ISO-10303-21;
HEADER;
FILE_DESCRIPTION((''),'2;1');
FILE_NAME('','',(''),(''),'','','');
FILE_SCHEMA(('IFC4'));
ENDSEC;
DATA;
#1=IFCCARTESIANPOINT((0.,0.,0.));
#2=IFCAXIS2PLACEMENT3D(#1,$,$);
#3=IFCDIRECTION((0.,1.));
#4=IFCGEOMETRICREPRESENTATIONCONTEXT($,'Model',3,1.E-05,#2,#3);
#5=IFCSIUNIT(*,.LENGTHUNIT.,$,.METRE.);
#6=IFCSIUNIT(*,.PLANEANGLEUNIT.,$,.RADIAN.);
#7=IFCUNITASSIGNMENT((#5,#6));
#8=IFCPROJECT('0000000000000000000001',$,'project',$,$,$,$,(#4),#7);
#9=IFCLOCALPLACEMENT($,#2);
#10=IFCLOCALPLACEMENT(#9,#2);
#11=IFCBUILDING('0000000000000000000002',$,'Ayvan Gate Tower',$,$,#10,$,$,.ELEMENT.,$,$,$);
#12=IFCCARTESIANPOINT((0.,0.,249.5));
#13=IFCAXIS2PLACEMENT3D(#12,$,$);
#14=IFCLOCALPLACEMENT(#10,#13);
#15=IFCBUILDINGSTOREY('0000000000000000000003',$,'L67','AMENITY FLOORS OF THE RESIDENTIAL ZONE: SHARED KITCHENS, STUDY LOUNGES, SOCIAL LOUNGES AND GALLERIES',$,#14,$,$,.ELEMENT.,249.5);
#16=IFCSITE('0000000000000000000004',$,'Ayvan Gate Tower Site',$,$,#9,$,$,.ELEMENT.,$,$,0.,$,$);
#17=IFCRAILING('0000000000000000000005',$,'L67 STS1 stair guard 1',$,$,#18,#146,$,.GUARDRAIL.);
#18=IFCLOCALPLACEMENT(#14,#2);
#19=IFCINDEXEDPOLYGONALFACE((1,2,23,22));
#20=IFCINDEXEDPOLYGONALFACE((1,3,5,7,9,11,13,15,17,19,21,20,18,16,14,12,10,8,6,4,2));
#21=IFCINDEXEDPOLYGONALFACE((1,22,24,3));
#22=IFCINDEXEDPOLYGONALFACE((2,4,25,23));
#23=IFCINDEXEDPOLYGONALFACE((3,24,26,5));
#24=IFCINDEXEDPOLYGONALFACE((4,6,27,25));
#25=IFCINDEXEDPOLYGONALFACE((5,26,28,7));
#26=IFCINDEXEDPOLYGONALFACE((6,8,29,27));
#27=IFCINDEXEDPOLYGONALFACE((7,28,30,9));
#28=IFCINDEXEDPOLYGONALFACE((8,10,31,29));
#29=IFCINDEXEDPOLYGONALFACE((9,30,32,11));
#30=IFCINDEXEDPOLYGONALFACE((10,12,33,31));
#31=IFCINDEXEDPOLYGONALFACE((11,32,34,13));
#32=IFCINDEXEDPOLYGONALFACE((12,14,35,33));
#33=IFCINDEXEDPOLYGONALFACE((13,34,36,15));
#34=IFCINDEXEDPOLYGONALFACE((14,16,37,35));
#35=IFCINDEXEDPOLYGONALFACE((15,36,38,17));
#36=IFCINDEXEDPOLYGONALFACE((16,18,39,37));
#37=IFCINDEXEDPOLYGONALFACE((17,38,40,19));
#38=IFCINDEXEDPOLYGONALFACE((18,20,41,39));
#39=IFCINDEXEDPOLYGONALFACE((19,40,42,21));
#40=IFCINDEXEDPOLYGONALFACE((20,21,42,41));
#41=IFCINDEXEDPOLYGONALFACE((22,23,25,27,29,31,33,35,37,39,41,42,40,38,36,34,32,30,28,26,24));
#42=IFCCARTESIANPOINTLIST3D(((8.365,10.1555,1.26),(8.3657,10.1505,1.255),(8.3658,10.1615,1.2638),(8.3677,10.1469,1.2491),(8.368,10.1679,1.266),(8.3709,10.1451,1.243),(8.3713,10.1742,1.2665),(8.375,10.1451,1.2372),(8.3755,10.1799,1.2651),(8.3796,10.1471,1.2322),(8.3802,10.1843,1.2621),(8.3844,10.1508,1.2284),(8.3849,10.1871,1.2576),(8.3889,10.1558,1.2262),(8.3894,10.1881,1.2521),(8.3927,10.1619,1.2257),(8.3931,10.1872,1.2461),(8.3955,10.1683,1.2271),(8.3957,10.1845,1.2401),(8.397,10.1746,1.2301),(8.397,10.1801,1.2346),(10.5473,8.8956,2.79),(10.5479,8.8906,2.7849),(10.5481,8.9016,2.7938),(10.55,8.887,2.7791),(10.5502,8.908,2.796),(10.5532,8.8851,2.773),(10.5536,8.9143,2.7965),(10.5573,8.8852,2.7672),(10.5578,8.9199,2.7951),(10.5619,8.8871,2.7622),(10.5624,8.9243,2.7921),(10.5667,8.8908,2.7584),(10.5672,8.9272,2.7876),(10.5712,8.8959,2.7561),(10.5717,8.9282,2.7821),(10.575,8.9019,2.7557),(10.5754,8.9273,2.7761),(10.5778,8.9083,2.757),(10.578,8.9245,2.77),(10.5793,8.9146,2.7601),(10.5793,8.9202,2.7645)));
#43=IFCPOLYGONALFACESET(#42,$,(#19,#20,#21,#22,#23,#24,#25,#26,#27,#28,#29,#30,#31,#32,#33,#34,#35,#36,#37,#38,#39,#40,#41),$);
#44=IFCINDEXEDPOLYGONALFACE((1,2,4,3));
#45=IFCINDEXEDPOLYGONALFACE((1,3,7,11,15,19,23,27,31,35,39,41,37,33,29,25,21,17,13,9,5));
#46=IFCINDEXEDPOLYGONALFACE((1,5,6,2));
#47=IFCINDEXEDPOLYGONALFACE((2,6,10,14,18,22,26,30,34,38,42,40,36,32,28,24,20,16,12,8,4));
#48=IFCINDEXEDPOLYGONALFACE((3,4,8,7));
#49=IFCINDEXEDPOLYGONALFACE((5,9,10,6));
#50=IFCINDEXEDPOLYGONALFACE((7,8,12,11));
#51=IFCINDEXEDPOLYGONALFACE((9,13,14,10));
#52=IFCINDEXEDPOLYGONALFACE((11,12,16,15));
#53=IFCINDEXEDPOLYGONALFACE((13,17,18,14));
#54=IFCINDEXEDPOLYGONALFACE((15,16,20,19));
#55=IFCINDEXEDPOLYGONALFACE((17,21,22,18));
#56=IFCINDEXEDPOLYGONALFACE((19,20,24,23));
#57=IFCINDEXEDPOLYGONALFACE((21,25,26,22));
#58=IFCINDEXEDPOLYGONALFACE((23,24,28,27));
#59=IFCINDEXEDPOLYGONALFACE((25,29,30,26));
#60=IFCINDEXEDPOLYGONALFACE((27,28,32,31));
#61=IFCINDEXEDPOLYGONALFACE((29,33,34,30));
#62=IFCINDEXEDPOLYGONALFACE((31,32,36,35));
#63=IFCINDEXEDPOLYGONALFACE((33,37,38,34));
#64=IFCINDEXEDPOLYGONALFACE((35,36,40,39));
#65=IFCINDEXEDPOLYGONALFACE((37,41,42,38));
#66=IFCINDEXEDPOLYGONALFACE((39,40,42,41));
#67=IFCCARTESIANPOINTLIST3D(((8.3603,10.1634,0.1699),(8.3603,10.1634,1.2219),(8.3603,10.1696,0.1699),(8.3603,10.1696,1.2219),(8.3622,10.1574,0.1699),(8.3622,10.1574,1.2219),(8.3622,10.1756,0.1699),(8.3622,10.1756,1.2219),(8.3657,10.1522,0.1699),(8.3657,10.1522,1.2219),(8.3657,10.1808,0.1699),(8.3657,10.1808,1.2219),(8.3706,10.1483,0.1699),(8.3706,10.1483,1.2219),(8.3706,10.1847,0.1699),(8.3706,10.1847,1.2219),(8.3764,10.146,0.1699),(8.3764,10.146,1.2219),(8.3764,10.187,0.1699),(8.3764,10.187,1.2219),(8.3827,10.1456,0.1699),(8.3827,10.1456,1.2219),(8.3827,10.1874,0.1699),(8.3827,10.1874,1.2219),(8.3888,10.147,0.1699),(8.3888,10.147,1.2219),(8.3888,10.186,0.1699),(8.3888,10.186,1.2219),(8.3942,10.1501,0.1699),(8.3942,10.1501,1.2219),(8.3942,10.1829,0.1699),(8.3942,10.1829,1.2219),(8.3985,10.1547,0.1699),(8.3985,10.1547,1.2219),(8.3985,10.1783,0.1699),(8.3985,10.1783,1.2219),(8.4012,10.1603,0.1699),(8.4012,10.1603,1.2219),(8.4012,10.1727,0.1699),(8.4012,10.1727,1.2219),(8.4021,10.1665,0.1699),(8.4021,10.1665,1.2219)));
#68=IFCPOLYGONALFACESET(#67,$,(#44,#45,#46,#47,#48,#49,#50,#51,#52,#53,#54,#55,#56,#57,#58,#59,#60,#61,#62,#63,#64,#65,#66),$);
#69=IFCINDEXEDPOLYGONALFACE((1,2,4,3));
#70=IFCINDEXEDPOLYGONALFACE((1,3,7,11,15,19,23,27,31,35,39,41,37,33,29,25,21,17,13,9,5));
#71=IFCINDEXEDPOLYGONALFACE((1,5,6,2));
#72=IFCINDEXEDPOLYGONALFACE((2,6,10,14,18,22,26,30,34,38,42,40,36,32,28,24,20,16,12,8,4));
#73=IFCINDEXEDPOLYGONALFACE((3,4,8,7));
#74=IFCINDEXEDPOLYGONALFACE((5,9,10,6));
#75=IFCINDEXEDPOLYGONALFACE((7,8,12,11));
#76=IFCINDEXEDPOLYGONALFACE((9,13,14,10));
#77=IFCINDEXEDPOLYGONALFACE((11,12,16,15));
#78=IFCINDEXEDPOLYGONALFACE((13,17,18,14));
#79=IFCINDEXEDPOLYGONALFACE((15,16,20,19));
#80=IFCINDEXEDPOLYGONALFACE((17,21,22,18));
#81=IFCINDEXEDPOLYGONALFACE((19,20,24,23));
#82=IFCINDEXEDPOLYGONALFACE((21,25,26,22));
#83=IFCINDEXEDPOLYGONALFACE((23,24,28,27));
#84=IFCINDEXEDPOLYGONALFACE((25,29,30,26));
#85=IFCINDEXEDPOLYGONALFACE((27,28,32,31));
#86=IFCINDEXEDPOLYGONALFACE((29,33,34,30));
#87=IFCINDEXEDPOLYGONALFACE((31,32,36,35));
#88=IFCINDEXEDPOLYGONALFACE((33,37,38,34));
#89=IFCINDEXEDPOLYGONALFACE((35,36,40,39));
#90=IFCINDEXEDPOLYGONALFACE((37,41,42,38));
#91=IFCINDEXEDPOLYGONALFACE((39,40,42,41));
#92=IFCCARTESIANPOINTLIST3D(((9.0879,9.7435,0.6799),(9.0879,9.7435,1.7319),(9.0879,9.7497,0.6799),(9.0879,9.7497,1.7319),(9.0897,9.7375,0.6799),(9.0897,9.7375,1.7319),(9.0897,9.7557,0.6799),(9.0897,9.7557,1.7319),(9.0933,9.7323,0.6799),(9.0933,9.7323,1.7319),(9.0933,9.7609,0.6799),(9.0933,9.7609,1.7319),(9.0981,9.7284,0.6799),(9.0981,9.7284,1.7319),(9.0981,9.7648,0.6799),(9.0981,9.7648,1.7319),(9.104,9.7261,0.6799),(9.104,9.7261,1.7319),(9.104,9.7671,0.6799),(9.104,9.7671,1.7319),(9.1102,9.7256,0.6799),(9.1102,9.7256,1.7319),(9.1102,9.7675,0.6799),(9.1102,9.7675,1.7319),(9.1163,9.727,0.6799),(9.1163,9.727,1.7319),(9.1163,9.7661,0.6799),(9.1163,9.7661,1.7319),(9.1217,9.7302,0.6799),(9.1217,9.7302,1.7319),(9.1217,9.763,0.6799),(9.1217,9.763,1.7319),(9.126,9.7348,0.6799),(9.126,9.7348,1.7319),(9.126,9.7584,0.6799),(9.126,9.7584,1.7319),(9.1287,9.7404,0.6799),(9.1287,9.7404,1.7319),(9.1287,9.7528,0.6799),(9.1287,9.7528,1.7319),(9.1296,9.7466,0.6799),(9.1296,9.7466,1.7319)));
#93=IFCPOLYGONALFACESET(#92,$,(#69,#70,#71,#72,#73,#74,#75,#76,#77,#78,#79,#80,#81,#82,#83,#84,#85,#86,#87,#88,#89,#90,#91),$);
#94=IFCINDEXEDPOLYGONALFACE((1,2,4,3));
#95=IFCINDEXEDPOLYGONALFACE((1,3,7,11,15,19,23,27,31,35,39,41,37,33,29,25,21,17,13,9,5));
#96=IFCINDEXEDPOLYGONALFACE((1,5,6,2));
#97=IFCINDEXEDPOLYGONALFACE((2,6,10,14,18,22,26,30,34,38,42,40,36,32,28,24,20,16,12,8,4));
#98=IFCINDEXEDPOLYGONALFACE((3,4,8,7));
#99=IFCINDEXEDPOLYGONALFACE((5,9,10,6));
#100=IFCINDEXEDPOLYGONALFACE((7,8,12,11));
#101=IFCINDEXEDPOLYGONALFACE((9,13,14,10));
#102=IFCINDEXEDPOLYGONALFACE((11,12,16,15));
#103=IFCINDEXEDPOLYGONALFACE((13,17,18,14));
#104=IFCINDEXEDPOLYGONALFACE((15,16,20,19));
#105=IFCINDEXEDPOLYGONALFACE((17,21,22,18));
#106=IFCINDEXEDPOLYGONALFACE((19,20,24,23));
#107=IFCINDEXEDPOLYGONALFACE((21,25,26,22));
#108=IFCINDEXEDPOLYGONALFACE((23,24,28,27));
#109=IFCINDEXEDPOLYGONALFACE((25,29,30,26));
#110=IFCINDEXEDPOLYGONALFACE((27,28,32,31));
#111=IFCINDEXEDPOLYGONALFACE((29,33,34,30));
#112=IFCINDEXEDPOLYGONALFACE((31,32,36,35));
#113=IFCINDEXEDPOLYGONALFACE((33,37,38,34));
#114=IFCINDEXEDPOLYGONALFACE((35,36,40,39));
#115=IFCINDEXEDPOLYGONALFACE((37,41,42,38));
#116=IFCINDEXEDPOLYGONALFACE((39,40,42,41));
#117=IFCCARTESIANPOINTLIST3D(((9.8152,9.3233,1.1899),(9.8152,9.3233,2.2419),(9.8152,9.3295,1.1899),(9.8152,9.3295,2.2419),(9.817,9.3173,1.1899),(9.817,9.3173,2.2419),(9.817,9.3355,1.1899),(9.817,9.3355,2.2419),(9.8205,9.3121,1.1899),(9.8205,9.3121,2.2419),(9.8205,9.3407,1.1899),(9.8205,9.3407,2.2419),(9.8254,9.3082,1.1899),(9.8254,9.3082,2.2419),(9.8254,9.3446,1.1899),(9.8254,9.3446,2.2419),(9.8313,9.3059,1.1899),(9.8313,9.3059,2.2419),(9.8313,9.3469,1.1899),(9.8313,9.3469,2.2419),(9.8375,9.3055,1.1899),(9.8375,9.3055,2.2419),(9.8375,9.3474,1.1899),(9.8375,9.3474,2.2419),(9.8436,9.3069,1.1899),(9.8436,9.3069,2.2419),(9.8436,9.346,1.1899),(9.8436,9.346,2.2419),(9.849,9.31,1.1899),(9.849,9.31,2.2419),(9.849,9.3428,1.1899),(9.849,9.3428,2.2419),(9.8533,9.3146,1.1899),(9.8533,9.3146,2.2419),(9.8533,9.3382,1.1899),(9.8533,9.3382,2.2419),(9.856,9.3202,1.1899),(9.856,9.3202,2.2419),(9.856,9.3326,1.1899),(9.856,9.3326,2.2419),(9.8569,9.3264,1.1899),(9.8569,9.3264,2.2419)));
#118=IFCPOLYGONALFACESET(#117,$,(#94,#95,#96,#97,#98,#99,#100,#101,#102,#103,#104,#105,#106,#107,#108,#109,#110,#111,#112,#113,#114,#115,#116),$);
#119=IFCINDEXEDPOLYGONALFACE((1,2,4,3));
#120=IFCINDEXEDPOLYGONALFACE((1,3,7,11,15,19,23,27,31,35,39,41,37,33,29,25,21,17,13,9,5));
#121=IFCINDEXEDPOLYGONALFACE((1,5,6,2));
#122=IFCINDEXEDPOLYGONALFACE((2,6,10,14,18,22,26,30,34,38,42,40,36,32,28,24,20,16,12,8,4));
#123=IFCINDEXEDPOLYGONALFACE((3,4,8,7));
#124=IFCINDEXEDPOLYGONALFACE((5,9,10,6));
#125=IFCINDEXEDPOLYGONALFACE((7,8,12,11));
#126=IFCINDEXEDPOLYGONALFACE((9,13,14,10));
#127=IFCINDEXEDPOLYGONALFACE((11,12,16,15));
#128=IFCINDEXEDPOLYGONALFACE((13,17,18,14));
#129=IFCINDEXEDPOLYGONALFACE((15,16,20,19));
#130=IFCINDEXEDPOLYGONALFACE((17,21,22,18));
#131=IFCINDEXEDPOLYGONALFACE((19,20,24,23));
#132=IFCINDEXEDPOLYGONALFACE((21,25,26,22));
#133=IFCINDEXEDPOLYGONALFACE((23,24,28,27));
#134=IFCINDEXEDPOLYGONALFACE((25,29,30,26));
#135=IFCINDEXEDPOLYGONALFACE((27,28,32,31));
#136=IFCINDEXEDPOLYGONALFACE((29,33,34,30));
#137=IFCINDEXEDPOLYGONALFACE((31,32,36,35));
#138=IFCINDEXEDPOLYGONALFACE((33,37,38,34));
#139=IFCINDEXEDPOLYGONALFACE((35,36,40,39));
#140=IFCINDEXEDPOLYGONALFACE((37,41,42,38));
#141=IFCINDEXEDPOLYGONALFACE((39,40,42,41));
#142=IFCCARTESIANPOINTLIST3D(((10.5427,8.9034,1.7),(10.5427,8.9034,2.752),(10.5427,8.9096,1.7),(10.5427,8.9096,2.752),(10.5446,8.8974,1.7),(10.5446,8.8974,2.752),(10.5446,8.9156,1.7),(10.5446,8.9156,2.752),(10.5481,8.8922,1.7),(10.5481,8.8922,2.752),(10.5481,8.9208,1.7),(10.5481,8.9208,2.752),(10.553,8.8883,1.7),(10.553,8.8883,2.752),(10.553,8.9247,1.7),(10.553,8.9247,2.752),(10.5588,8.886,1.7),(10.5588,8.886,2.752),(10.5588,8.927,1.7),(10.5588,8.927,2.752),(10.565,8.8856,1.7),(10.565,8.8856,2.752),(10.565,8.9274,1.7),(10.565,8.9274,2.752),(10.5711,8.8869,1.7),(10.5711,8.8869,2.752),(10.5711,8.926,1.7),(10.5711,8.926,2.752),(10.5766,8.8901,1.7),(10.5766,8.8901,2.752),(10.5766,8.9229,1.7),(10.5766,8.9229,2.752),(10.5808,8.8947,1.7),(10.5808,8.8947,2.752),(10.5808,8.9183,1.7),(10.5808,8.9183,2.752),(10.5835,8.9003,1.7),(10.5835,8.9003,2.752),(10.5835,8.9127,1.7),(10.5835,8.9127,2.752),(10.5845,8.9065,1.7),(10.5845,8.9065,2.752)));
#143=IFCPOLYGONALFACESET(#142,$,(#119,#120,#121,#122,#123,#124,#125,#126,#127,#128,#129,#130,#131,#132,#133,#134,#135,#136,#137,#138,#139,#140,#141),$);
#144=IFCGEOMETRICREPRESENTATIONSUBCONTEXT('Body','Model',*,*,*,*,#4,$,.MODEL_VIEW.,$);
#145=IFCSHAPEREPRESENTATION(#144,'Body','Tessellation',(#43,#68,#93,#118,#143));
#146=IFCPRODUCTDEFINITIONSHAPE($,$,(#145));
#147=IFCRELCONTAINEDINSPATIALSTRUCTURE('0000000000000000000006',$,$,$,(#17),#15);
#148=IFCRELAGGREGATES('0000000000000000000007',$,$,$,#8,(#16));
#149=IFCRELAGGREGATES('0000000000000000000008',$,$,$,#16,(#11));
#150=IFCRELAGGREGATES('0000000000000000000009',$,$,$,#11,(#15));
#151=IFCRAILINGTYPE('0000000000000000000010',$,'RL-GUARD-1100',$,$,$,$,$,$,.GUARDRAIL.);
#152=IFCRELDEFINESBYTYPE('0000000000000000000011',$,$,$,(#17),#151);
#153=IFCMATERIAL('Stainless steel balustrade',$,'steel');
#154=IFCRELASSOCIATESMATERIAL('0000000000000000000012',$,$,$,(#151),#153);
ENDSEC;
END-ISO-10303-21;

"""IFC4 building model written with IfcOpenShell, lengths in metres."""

from ifc_helpers import new_model, si_unit, direction, frame, origin, origin_2d, place, context, subcontext, project, spatial, circle, extrude, material, type_object, element, save


model = new_model("IFC4")

# Units and contexts
model_context = context("Model", 3, precision=1e-05, world=origin(), true_north=direction((0.0, 1.0)))
body_context = subcontext(model_context, "Body", "Model", "MODEL_VIEW")
ifc_project = project(units=[si_unit("LENGTHUNIT", "METRE"), si_unit("PLANEANGLEUNIT", "RADIAN")], contexts=[model_context])

# Site, building, storey
site_placement = place(None, origin())
site = spatial("IfcSite", under=ifc_project, at=site_placement, Name="Ayvan Gate Tower Site", CompositionType="ELEMENT", RefElevation=0.0)
building_placement = place(site_placement, origin())
building = spatial("IfcBuilding", under=site, at=building_placement, Name="Ayvan Gate Tower", CompositionType="ELEMENT")
storey_placement = place(building_placement, frame((0.0, 0.0, 249.5)))
storey = spatial("IfcBuildingStorey", under=building, at=storey_placement, Name="L67", Description="AMENITY FLOORS OF THE RESIDENTIAL ZONE: SHARED KITCHENS, STUDY LOUNGES, SOCIAL LOUNGES AND GALLERIES", CompositionType="ELEMENT", Elevation=249.5)

# Railing
ifc_material_1 = material(Name="Stainless steel balustrade", Category="steel")
railing_type_1 = type_object("IfcRailingType", Name="RL-GUARD-1100", PredefinedType="GUARDRAIL", material=ifc_material_1)
railing_1_placement = place(storey_placement, frame((8.3811, 10.1665, 0.1699)))
element("IfcRailing", 1, at=railing_1_placement, inside=storey, type_object=railing_type_1, Name="L67 STS1 stair guard 1", PredefinedType="GUARDRAIL", context=body_context, shape_type="SweptSolid", body=[
    extrude(circle(Radius=0.0239, at=origin_2d()), frame((0.0, 0.0, 1.0762), z_axis=(0.740261, -0.427395, 0.518986), x_axis=(0.500005, 0.866023, 0.0)), (0.0, 0.0, 1.0), 2.948),
    extrude(circle(Radius=0.021, at=origin_2d()), origin(), (0.0, 0.0, 1.0), 1.052),
    extrude(circle(Radius=0.021, at=origin_2d()), frame((0.7275, -0.4199, 0.51)), (0.0, 0.0, 1.0), 1.052),
    extrude(circle(Radius=0.021, at=origin_2d()), frame((1.4548, -0.8401, 1.02)), (0.0, 0.0, 1.0), 1.052),
    extrude(circle(Radius=0.021, at=origin_2d()), frame((2.1824, -1.26, 1.53)), (0.0, 0.0, 1.0), 1.052),
])

save(model, "model.ifc")
